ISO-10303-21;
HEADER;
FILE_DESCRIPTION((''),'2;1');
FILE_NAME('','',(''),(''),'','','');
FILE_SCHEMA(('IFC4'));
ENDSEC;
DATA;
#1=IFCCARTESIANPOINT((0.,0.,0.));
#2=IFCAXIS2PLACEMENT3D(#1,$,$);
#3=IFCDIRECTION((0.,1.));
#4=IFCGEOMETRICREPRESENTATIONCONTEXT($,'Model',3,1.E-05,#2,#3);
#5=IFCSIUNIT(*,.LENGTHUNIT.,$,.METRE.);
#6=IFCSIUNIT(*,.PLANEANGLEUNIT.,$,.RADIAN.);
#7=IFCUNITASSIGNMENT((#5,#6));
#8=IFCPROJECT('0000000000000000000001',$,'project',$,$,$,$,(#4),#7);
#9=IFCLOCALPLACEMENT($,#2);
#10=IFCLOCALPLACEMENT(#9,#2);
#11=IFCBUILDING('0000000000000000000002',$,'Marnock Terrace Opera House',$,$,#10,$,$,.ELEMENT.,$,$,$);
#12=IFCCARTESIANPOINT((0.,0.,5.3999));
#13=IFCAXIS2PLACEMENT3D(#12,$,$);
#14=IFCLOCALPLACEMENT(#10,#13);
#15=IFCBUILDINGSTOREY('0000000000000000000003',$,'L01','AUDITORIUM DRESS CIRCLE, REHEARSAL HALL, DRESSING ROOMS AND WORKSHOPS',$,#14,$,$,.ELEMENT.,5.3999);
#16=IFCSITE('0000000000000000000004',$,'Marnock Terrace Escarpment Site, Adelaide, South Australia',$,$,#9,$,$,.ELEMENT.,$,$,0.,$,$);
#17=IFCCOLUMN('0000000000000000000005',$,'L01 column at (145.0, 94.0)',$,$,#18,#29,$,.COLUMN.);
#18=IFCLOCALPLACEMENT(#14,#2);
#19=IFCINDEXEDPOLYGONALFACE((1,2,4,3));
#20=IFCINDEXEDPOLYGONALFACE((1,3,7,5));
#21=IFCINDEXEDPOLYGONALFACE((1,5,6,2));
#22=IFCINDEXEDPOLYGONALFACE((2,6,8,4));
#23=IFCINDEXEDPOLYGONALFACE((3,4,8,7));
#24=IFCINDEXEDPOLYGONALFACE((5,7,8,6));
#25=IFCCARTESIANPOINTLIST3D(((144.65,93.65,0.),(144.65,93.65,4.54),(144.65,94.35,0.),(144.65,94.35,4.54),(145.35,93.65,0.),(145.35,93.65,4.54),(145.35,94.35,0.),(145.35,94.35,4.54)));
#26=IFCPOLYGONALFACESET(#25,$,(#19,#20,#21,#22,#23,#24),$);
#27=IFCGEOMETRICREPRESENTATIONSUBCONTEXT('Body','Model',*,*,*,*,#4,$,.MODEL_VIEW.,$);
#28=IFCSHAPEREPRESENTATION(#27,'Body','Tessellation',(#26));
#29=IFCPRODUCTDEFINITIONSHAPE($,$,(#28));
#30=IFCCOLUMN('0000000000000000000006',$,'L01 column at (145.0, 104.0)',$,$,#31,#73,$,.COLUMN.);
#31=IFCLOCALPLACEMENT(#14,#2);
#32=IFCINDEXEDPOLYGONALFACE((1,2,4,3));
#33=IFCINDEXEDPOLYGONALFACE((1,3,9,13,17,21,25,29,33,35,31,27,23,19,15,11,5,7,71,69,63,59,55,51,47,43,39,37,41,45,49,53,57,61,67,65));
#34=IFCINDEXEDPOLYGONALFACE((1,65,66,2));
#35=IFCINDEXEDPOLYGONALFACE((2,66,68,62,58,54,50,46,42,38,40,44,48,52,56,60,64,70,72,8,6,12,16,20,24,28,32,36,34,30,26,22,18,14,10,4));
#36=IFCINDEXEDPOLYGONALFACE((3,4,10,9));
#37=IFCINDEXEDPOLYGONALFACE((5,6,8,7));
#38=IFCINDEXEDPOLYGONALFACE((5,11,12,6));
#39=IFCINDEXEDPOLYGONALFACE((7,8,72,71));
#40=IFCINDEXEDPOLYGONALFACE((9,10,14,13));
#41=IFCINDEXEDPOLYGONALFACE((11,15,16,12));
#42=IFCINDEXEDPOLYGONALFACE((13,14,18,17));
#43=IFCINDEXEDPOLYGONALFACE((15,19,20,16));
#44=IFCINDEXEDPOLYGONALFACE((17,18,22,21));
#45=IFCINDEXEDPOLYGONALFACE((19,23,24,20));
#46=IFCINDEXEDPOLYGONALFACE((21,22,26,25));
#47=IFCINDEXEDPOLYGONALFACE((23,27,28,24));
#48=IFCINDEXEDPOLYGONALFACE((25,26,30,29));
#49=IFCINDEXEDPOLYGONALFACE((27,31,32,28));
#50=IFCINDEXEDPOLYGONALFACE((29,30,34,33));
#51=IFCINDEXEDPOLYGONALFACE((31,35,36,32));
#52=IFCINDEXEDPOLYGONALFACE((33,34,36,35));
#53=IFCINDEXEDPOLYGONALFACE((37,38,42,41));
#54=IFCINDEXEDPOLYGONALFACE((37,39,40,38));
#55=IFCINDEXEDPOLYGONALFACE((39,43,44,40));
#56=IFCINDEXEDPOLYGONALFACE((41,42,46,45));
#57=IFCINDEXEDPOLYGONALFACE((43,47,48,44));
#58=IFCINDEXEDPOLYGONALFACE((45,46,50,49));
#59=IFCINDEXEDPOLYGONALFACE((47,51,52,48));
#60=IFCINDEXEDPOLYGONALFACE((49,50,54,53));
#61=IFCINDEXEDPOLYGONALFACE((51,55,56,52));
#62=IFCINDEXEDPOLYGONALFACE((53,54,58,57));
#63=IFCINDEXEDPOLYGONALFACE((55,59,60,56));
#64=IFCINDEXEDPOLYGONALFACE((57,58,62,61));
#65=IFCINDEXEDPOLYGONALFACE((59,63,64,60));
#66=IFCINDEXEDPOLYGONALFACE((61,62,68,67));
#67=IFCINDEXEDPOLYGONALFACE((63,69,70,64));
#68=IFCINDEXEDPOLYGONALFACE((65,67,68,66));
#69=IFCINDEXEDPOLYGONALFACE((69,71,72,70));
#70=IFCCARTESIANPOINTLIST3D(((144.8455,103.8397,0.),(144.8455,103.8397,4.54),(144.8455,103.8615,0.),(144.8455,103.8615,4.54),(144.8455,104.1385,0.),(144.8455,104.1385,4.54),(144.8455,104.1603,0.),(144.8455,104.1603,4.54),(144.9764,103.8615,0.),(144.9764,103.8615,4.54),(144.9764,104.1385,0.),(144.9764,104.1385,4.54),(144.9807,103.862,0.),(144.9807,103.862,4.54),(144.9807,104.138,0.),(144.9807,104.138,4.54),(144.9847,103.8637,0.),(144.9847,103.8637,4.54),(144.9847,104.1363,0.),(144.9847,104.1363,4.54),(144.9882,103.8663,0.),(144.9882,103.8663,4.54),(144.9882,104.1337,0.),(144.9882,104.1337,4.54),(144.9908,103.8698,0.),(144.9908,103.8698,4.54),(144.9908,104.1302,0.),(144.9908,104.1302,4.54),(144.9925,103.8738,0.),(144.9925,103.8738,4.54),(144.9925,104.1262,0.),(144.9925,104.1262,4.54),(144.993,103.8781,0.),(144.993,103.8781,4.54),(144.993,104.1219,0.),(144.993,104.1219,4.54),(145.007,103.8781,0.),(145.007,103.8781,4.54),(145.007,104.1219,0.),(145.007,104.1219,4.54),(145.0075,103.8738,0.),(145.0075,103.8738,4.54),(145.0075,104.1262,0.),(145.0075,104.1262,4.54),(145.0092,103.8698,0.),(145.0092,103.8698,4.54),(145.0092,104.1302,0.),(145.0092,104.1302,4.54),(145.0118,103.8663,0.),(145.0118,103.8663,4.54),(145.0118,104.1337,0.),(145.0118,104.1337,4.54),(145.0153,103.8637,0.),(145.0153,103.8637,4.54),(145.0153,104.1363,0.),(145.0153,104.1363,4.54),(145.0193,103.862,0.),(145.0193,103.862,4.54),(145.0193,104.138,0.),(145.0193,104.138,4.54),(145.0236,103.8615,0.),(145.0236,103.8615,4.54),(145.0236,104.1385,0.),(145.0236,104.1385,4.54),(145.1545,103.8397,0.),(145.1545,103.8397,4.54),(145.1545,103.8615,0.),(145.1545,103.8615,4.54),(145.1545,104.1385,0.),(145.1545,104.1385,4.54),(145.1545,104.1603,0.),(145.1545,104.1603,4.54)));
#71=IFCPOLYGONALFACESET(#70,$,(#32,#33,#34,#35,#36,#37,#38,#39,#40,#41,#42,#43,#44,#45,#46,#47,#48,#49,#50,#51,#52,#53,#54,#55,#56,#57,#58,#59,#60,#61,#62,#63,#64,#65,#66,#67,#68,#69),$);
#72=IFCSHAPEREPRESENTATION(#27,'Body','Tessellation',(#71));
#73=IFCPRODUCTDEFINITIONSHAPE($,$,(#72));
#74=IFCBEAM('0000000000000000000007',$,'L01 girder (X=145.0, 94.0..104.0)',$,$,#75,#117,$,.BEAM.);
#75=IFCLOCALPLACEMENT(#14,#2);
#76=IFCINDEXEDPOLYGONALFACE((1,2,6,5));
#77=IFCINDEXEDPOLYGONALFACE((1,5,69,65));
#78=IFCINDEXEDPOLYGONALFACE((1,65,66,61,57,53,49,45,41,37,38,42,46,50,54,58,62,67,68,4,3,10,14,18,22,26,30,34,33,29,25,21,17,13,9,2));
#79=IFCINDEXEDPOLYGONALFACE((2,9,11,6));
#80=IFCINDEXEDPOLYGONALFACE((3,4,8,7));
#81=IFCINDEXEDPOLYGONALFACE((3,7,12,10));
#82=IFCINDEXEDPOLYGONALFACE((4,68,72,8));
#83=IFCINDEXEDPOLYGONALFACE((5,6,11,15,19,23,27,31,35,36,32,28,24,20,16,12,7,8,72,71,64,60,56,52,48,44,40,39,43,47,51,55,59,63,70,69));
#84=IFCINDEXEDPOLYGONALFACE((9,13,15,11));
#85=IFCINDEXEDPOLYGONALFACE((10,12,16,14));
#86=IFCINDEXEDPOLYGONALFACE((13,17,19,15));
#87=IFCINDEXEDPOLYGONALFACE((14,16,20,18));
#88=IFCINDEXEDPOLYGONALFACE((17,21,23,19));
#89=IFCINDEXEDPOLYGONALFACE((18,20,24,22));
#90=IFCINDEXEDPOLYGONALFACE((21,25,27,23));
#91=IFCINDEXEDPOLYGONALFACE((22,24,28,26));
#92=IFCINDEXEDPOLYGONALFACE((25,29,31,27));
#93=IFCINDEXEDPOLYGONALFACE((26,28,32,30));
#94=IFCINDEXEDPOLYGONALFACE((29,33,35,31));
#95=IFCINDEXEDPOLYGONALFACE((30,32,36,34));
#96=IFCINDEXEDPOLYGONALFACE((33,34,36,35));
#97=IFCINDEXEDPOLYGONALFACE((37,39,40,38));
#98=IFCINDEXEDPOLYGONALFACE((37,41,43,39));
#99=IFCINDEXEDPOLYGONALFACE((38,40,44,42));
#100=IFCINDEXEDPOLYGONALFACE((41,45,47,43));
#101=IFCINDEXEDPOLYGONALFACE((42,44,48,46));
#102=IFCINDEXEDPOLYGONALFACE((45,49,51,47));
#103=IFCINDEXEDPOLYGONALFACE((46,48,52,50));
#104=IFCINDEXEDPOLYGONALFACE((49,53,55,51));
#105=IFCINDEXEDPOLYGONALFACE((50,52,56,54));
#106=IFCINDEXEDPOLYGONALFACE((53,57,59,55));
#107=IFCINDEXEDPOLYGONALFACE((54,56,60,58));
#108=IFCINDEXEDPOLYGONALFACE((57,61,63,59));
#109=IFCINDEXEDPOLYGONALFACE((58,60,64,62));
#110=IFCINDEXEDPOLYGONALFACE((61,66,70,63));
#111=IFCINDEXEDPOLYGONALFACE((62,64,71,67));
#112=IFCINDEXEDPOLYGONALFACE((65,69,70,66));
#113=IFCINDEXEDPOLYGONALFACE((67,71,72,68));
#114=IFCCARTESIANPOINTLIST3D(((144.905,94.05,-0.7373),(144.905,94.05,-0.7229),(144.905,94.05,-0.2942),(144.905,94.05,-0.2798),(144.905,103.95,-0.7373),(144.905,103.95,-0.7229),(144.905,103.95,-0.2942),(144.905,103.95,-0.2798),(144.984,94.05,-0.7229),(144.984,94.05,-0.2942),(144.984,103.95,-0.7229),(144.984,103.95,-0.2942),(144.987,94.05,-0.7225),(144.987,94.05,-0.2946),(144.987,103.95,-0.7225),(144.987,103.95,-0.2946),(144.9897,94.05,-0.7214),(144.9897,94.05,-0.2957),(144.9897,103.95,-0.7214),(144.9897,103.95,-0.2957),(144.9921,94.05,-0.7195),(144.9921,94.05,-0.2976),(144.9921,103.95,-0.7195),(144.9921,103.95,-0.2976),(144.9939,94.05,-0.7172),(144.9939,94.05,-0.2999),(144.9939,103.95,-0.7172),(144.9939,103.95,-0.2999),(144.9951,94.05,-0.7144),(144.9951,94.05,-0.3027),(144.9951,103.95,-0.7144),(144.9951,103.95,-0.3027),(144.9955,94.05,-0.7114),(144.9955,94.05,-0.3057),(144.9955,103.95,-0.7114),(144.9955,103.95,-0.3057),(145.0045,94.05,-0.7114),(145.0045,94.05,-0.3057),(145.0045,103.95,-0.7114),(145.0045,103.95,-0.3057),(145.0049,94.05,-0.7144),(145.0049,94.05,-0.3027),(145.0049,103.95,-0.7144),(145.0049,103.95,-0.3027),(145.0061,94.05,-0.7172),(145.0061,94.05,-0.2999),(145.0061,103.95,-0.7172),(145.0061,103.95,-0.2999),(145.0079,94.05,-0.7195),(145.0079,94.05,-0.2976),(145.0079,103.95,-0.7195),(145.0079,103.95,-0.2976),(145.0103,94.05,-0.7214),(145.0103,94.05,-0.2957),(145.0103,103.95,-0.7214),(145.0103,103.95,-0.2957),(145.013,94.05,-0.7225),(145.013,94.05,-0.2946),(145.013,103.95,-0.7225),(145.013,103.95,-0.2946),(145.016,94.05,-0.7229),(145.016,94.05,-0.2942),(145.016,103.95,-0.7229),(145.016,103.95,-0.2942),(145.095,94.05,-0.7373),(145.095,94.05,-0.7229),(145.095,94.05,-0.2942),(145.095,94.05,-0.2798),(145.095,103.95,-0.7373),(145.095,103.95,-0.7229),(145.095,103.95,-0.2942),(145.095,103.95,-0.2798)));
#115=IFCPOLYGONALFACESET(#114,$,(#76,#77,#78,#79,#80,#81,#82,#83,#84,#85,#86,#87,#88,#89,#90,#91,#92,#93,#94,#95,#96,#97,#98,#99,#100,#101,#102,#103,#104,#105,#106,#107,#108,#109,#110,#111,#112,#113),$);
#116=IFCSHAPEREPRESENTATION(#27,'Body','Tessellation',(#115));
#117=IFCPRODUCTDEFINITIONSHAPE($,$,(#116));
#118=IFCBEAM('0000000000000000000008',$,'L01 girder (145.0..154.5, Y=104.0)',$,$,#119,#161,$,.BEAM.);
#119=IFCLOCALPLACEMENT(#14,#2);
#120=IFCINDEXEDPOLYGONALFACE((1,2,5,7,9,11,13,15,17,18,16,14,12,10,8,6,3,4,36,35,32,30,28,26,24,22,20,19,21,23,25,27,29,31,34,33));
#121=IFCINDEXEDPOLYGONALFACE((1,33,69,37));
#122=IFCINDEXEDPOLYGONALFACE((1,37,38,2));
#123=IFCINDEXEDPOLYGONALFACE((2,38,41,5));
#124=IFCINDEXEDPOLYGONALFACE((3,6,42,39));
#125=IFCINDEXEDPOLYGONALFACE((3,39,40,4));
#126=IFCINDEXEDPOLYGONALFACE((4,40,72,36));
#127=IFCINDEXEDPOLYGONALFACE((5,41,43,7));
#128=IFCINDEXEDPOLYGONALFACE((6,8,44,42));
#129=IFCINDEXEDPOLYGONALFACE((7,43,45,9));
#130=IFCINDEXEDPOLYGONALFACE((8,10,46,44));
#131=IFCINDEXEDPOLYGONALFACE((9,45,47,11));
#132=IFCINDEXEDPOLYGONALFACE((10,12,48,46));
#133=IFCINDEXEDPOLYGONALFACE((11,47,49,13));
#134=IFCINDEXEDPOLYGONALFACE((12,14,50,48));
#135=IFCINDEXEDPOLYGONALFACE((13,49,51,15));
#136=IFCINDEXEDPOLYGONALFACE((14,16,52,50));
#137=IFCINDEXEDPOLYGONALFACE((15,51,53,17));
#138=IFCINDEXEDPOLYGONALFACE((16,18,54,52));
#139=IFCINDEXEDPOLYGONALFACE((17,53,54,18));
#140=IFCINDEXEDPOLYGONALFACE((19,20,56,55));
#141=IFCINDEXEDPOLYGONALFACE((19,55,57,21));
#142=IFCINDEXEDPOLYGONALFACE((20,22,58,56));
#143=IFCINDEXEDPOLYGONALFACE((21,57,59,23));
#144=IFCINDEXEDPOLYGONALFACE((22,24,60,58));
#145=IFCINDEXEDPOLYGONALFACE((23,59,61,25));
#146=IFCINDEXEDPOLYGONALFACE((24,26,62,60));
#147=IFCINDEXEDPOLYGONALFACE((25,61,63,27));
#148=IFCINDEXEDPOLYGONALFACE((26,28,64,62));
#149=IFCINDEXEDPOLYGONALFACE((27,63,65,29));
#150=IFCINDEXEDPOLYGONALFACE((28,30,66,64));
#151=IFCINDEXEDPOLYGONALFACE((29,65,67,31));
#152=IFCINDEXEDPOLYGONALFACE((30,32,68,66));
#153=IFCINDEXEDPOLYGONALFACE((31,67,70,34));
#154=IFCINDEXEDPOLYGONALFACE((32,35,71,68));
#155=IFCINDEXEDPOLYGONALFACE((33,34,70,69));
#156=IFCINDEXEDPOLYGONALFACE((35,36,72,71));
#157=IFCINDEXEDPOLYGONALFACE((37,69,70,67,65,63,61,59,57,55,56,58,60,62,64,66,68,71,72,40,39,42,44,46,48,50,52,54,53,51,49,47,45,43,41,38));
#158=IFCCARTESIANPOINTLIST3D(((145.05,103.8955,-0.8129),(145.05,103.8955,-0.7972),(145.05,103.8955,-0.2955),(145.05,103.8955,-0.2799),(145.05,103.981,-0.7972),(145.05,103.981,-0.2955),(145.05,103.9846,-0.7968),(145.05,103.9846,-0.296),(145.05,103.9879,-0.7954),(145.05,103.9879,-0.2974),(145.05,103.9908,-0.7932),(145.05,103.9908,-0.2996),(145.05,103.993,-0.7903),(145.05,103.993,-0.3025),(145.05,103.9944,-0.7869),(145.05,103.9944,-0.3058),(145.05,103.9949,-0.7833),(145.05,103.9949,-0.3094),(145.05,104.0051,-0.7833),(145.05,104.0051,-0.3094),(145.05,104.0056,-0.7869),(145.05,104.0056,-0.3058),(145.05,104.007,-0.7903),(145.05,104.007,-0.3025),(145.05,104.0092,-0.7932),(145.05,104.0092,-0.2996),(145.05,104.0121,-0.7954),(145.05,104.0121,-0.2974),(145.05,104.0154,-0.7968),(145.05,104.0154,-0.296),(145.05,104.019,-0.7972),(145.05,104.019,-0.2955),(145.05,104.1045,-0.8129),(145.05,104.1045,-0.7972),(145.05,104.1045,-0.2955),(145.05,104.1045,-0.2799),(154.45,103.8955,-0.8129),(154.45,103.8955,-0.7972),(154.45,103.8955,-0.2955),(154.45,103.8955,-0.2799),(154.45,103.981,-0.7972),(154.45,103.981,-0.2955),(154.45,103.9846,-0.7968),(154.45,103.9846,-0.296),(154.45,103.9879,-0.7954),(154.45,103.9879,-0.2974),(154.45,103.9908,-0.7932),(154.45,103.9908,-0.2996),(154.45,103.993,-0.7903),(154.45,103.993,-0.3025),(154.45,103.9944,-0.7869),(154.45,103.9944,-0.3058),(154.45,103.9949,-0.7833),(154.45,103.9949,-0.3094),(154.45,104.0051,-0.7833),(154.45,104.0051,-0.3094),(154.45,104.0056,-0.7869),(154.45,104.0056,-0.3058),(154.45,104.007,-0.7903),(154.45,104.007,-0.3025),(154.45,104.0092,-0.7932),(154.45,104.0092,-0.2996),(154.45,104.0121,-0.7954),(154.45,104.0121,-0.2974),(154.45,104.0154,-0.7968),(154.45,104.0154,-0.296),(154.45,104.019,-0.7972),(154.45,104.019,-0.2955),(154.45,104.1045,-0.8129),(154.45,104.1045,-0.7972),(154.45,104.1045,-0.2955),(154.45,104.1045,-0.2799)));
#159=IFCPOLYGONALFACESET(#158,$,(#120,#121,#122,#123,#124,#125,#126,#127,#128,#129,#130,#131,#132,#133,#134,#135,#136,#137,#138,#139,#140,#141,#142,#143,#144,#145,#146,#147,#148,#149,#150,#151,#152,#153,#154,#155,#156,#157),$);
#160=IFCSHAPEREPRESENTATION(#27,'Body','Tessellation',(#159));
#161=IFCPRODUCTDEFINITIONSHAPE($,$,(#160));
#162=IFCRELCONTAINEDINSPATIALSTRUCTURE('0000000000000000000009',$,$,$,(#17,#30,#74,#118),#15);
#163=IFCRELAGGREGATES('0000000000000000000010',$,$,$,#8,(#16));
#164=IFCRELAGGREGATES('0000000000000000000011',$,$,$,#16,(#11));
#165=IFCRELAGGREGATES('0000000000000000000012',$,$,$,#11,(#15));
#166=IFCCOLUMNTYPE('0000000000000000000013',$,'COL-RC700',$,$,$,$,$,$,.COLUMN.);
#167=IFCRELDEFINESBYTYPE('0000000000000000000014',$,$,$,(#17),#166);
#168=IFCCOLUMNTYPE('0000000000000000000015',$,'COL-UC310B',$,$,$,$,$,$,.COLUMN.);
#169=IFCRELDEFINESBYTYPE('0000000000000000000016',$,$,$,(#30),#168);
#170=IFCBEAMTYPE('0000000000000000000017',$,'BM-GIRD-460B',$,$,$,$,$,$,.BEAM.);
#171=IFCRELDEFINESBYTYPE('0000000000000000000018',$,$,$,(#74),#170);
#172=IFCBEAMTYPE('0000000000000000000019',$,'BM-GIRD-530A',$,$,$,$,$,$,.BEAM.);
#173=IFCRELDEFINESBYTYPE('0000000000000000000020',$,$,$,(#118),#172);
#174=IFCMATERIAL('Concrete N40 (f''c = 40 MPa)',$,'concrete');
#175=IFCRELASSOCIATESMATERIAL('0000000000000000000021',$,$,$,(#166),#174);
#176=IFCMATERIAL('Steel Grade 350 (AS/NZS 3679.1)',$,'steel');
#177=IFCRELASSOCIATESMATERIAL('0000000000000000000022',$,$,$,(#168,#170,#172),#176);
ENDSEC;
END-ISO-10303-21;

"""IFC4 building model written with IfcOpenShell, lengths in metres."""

from ifc_helpers import new_model, si_unit, direction, frame, origin, origin_2d, place, context, subcontext, project, spatial, rectangle, i_section, extrude, material, material_profile, profile_set, type_object, element, save


model = new_model("IFC4")

# Units and contexts
model_context = context("Model", 3, precision=1e-05, world=origin(), true_north=direction((0.0, 1.0)))
body_context = subcontext(model_context, "Body", "Model", "MODEL_VIEW")
ifc_project = project(units=[si_unit("LENGTHUNIT", "METRE"), si_unit("PLANEANGLEUNIT", "RADIAN")], contexts=[model_context])

# Site, building, storey
site_placement = place(None, origin())
site = spatial("IfcSite", under=ifc_project, at=site_placement, Name="Marnock Terrace Escarpment Site, Adelaide, South Australia", CompositionType="ELEMENT", RefElevation=0.0)
building_placement = place(site_placement, origin())
building = spatial("IfcBuilding", under=site, at=building_placement, Name="Marnock Terrace Opera House", CompositionType="ELEMENT")
storey_placement = place(building_placement, frame((0.0, 0.0, 5.3999)))
storey = spatial("IfcBuildingStorey", under=building, at=storey_placement, Name="L01", Description="AUDITORIUM DRESS CIRCLE, REHEARSAL HALL, DRESSING ROOMS AND WORKSHOPS", CompositionType="ELEMENT", Elevation=5.3999)

# Columns
ifc_material_1 = material(Name="Concrete N40 (f'c = 40 MPa)", Category="concrete")
ifc_material_profile_1 = material_profile(ifc_material_1, rectangle(XDim=0.7, YDim=0.7, at=origin_2d()))
ifc_profile_set_1 = profile_set([ifc_material_profile_1], Name="Concrete N40 (f'c = 40 MPa)")
column_type_1 = type_object("IfcColumnType", Name="COL-RC700", PredefinedType="COLUMN", material=ifc_profile_set_1)
column_1_placement = place(storey_placement, frame((145.0, 94.0, 0.0), z_axis=(0.0, 0.0, 1.0), x_axis=(1.0, 0.0, 0.0)))
element("IfcColumn", 1, at=column_1_placement, inside=storey, type_object=column_type_1, Name="L01 column at (145.0, 94.0)", PredefinedType="COLUMN", context=body_context, shape_type="SweptSolid", body=[
    extrude(rectangle(XDim=0.7, YDim=0.7, at=origin_2d()), origin(), (0.0, 0.0, 1.0), 4.54),
])
ifc_material_2 = material(Name="Steel Grade 350 (AS/NZS 3679.1)", Category="steel")
ifc_material_profile_2 = material_profile(ifc_material_2, i_section(OverallWidth=0.3091, OverallDepth=0.3206, WebThickness=0.0139, FlangeThickness=0.0217, FilletRadius=0.0166, at=origin_2d()))
ifc_profile_set_2 = profile_set([ifc_material_profile_2], Name="Steel Grade 350 (AS/NZS 3679.1)")
column_type_2 = type_object("IfcColumnType", Name="COL-UC310B", PredefinedType="COLUMN", material=ifc_profile_set_2)
column_2_placement = place(storey_placement, frame((145.0, 104.0, 0.0), z_axis=(0.0, 0.0, 1.0), x_axis=(1.0, 0.0, 0.0)))
element("IfcColumn", 2, at=column_2_placement, inside=storey, type_object=column_type_2, Name="L01 column at (145.0, 104.0)", PredefinedType="COLUMN", context=body_context, shape_type="SweptSolid", body=[
    extrude(i_section(OverallWidth=0.3091, OverallDepth=0.3206, WebThickness=0.0139, FlangeThickness=0.0217, FilletRadius=0.0166, at=origin_2d()), origin(), (0.0, 0.0, 1.0), 4.54),
])

# Beams
ifc_material_profile_3 = material_profile(ifc_material_2, i_section(OverallWidth=0.1899, OverallDepth=0.4575, WebThickness=0.009, FlangeThickness=0.0144, FilletRadius=0.0115, at=origin_2d()))
ifc_profile_set_3 = profile_set([ifc_material_profile_3], Name="Steel Grade 350 (AS/NZS 3679.1)")
beam_type_1 = type_object("IfcBeamType", Name="BM-GIRD-460B", PredefinedType="BEAM", material=ifc_profile_set_3)
beam_1_placement = place(storey_placement, frame((145.0, 94.05, -0.5085), z_axis=(0.0, 1.0, 0.0), x_axis=(-1.0, 0.0, 0.0)))
element("IfcBeam", 3, at=beam_1_placement, inside=storey, type_object=beam_type_1, Name="L01 girder (X=145.0, 94.0..104.0)", PredefinedType="BEAM", context=body_context, shape_type="SweptSolid", body=[
    extrude(i_section(OverallWidth=0.1899, OverallDepth=0.4575, WebThickness=0.009, FlangeThickness=0.0144, FilletRadius=0.0115, at=origin_2d()), origin(), (0.0, 0.0, 1.0), 9.8999),
])
ifc_material_profile_4 = material_profile(ifc_material_2, i_section(OverallWidth=0.209, OverallDepth=0.533, WebThickness=0.0103, FlangeThickness=0.0156, FilletRadius=0.0139, at=origin_2d()))
ifc_profile_set_4 = profile_set([ifc_material_profile_4], Name="Steel Grade 350 (AS/NZS 3679.1)")
beam_type_2 = type_object("IfcBeamType", Name="BM-GIRD-530A", PredefinedType="BEAM", material=ifc_profile_set_4)
beam_2_placement = place(storey_placement, frame((145.05, 104.0, -0.5464), z_axis=(1.0, 0.0, 0.0), x_axis=(0.0, 1.0, 0.0)))
element("IfcBeam", 4, at=beam_2_placement, inside=storey, type_object=beam_type_2, Name="L01 girder (145.0..154.5, Y=104.0)", PredefinedType="BEAM", context=body_context, shape_type="SweptSolid", body=[
    extrude(i_section(OverallWidth=0.209, OverallDepth=0.533, WebThickness=0.0103, FlangeThickness=0.0156, FilletRadius=0.0139, at=origin_2d()), origin(), (0.0, 0.0, 1.0), 9.3999),
])

save(model, "model.ifc")
